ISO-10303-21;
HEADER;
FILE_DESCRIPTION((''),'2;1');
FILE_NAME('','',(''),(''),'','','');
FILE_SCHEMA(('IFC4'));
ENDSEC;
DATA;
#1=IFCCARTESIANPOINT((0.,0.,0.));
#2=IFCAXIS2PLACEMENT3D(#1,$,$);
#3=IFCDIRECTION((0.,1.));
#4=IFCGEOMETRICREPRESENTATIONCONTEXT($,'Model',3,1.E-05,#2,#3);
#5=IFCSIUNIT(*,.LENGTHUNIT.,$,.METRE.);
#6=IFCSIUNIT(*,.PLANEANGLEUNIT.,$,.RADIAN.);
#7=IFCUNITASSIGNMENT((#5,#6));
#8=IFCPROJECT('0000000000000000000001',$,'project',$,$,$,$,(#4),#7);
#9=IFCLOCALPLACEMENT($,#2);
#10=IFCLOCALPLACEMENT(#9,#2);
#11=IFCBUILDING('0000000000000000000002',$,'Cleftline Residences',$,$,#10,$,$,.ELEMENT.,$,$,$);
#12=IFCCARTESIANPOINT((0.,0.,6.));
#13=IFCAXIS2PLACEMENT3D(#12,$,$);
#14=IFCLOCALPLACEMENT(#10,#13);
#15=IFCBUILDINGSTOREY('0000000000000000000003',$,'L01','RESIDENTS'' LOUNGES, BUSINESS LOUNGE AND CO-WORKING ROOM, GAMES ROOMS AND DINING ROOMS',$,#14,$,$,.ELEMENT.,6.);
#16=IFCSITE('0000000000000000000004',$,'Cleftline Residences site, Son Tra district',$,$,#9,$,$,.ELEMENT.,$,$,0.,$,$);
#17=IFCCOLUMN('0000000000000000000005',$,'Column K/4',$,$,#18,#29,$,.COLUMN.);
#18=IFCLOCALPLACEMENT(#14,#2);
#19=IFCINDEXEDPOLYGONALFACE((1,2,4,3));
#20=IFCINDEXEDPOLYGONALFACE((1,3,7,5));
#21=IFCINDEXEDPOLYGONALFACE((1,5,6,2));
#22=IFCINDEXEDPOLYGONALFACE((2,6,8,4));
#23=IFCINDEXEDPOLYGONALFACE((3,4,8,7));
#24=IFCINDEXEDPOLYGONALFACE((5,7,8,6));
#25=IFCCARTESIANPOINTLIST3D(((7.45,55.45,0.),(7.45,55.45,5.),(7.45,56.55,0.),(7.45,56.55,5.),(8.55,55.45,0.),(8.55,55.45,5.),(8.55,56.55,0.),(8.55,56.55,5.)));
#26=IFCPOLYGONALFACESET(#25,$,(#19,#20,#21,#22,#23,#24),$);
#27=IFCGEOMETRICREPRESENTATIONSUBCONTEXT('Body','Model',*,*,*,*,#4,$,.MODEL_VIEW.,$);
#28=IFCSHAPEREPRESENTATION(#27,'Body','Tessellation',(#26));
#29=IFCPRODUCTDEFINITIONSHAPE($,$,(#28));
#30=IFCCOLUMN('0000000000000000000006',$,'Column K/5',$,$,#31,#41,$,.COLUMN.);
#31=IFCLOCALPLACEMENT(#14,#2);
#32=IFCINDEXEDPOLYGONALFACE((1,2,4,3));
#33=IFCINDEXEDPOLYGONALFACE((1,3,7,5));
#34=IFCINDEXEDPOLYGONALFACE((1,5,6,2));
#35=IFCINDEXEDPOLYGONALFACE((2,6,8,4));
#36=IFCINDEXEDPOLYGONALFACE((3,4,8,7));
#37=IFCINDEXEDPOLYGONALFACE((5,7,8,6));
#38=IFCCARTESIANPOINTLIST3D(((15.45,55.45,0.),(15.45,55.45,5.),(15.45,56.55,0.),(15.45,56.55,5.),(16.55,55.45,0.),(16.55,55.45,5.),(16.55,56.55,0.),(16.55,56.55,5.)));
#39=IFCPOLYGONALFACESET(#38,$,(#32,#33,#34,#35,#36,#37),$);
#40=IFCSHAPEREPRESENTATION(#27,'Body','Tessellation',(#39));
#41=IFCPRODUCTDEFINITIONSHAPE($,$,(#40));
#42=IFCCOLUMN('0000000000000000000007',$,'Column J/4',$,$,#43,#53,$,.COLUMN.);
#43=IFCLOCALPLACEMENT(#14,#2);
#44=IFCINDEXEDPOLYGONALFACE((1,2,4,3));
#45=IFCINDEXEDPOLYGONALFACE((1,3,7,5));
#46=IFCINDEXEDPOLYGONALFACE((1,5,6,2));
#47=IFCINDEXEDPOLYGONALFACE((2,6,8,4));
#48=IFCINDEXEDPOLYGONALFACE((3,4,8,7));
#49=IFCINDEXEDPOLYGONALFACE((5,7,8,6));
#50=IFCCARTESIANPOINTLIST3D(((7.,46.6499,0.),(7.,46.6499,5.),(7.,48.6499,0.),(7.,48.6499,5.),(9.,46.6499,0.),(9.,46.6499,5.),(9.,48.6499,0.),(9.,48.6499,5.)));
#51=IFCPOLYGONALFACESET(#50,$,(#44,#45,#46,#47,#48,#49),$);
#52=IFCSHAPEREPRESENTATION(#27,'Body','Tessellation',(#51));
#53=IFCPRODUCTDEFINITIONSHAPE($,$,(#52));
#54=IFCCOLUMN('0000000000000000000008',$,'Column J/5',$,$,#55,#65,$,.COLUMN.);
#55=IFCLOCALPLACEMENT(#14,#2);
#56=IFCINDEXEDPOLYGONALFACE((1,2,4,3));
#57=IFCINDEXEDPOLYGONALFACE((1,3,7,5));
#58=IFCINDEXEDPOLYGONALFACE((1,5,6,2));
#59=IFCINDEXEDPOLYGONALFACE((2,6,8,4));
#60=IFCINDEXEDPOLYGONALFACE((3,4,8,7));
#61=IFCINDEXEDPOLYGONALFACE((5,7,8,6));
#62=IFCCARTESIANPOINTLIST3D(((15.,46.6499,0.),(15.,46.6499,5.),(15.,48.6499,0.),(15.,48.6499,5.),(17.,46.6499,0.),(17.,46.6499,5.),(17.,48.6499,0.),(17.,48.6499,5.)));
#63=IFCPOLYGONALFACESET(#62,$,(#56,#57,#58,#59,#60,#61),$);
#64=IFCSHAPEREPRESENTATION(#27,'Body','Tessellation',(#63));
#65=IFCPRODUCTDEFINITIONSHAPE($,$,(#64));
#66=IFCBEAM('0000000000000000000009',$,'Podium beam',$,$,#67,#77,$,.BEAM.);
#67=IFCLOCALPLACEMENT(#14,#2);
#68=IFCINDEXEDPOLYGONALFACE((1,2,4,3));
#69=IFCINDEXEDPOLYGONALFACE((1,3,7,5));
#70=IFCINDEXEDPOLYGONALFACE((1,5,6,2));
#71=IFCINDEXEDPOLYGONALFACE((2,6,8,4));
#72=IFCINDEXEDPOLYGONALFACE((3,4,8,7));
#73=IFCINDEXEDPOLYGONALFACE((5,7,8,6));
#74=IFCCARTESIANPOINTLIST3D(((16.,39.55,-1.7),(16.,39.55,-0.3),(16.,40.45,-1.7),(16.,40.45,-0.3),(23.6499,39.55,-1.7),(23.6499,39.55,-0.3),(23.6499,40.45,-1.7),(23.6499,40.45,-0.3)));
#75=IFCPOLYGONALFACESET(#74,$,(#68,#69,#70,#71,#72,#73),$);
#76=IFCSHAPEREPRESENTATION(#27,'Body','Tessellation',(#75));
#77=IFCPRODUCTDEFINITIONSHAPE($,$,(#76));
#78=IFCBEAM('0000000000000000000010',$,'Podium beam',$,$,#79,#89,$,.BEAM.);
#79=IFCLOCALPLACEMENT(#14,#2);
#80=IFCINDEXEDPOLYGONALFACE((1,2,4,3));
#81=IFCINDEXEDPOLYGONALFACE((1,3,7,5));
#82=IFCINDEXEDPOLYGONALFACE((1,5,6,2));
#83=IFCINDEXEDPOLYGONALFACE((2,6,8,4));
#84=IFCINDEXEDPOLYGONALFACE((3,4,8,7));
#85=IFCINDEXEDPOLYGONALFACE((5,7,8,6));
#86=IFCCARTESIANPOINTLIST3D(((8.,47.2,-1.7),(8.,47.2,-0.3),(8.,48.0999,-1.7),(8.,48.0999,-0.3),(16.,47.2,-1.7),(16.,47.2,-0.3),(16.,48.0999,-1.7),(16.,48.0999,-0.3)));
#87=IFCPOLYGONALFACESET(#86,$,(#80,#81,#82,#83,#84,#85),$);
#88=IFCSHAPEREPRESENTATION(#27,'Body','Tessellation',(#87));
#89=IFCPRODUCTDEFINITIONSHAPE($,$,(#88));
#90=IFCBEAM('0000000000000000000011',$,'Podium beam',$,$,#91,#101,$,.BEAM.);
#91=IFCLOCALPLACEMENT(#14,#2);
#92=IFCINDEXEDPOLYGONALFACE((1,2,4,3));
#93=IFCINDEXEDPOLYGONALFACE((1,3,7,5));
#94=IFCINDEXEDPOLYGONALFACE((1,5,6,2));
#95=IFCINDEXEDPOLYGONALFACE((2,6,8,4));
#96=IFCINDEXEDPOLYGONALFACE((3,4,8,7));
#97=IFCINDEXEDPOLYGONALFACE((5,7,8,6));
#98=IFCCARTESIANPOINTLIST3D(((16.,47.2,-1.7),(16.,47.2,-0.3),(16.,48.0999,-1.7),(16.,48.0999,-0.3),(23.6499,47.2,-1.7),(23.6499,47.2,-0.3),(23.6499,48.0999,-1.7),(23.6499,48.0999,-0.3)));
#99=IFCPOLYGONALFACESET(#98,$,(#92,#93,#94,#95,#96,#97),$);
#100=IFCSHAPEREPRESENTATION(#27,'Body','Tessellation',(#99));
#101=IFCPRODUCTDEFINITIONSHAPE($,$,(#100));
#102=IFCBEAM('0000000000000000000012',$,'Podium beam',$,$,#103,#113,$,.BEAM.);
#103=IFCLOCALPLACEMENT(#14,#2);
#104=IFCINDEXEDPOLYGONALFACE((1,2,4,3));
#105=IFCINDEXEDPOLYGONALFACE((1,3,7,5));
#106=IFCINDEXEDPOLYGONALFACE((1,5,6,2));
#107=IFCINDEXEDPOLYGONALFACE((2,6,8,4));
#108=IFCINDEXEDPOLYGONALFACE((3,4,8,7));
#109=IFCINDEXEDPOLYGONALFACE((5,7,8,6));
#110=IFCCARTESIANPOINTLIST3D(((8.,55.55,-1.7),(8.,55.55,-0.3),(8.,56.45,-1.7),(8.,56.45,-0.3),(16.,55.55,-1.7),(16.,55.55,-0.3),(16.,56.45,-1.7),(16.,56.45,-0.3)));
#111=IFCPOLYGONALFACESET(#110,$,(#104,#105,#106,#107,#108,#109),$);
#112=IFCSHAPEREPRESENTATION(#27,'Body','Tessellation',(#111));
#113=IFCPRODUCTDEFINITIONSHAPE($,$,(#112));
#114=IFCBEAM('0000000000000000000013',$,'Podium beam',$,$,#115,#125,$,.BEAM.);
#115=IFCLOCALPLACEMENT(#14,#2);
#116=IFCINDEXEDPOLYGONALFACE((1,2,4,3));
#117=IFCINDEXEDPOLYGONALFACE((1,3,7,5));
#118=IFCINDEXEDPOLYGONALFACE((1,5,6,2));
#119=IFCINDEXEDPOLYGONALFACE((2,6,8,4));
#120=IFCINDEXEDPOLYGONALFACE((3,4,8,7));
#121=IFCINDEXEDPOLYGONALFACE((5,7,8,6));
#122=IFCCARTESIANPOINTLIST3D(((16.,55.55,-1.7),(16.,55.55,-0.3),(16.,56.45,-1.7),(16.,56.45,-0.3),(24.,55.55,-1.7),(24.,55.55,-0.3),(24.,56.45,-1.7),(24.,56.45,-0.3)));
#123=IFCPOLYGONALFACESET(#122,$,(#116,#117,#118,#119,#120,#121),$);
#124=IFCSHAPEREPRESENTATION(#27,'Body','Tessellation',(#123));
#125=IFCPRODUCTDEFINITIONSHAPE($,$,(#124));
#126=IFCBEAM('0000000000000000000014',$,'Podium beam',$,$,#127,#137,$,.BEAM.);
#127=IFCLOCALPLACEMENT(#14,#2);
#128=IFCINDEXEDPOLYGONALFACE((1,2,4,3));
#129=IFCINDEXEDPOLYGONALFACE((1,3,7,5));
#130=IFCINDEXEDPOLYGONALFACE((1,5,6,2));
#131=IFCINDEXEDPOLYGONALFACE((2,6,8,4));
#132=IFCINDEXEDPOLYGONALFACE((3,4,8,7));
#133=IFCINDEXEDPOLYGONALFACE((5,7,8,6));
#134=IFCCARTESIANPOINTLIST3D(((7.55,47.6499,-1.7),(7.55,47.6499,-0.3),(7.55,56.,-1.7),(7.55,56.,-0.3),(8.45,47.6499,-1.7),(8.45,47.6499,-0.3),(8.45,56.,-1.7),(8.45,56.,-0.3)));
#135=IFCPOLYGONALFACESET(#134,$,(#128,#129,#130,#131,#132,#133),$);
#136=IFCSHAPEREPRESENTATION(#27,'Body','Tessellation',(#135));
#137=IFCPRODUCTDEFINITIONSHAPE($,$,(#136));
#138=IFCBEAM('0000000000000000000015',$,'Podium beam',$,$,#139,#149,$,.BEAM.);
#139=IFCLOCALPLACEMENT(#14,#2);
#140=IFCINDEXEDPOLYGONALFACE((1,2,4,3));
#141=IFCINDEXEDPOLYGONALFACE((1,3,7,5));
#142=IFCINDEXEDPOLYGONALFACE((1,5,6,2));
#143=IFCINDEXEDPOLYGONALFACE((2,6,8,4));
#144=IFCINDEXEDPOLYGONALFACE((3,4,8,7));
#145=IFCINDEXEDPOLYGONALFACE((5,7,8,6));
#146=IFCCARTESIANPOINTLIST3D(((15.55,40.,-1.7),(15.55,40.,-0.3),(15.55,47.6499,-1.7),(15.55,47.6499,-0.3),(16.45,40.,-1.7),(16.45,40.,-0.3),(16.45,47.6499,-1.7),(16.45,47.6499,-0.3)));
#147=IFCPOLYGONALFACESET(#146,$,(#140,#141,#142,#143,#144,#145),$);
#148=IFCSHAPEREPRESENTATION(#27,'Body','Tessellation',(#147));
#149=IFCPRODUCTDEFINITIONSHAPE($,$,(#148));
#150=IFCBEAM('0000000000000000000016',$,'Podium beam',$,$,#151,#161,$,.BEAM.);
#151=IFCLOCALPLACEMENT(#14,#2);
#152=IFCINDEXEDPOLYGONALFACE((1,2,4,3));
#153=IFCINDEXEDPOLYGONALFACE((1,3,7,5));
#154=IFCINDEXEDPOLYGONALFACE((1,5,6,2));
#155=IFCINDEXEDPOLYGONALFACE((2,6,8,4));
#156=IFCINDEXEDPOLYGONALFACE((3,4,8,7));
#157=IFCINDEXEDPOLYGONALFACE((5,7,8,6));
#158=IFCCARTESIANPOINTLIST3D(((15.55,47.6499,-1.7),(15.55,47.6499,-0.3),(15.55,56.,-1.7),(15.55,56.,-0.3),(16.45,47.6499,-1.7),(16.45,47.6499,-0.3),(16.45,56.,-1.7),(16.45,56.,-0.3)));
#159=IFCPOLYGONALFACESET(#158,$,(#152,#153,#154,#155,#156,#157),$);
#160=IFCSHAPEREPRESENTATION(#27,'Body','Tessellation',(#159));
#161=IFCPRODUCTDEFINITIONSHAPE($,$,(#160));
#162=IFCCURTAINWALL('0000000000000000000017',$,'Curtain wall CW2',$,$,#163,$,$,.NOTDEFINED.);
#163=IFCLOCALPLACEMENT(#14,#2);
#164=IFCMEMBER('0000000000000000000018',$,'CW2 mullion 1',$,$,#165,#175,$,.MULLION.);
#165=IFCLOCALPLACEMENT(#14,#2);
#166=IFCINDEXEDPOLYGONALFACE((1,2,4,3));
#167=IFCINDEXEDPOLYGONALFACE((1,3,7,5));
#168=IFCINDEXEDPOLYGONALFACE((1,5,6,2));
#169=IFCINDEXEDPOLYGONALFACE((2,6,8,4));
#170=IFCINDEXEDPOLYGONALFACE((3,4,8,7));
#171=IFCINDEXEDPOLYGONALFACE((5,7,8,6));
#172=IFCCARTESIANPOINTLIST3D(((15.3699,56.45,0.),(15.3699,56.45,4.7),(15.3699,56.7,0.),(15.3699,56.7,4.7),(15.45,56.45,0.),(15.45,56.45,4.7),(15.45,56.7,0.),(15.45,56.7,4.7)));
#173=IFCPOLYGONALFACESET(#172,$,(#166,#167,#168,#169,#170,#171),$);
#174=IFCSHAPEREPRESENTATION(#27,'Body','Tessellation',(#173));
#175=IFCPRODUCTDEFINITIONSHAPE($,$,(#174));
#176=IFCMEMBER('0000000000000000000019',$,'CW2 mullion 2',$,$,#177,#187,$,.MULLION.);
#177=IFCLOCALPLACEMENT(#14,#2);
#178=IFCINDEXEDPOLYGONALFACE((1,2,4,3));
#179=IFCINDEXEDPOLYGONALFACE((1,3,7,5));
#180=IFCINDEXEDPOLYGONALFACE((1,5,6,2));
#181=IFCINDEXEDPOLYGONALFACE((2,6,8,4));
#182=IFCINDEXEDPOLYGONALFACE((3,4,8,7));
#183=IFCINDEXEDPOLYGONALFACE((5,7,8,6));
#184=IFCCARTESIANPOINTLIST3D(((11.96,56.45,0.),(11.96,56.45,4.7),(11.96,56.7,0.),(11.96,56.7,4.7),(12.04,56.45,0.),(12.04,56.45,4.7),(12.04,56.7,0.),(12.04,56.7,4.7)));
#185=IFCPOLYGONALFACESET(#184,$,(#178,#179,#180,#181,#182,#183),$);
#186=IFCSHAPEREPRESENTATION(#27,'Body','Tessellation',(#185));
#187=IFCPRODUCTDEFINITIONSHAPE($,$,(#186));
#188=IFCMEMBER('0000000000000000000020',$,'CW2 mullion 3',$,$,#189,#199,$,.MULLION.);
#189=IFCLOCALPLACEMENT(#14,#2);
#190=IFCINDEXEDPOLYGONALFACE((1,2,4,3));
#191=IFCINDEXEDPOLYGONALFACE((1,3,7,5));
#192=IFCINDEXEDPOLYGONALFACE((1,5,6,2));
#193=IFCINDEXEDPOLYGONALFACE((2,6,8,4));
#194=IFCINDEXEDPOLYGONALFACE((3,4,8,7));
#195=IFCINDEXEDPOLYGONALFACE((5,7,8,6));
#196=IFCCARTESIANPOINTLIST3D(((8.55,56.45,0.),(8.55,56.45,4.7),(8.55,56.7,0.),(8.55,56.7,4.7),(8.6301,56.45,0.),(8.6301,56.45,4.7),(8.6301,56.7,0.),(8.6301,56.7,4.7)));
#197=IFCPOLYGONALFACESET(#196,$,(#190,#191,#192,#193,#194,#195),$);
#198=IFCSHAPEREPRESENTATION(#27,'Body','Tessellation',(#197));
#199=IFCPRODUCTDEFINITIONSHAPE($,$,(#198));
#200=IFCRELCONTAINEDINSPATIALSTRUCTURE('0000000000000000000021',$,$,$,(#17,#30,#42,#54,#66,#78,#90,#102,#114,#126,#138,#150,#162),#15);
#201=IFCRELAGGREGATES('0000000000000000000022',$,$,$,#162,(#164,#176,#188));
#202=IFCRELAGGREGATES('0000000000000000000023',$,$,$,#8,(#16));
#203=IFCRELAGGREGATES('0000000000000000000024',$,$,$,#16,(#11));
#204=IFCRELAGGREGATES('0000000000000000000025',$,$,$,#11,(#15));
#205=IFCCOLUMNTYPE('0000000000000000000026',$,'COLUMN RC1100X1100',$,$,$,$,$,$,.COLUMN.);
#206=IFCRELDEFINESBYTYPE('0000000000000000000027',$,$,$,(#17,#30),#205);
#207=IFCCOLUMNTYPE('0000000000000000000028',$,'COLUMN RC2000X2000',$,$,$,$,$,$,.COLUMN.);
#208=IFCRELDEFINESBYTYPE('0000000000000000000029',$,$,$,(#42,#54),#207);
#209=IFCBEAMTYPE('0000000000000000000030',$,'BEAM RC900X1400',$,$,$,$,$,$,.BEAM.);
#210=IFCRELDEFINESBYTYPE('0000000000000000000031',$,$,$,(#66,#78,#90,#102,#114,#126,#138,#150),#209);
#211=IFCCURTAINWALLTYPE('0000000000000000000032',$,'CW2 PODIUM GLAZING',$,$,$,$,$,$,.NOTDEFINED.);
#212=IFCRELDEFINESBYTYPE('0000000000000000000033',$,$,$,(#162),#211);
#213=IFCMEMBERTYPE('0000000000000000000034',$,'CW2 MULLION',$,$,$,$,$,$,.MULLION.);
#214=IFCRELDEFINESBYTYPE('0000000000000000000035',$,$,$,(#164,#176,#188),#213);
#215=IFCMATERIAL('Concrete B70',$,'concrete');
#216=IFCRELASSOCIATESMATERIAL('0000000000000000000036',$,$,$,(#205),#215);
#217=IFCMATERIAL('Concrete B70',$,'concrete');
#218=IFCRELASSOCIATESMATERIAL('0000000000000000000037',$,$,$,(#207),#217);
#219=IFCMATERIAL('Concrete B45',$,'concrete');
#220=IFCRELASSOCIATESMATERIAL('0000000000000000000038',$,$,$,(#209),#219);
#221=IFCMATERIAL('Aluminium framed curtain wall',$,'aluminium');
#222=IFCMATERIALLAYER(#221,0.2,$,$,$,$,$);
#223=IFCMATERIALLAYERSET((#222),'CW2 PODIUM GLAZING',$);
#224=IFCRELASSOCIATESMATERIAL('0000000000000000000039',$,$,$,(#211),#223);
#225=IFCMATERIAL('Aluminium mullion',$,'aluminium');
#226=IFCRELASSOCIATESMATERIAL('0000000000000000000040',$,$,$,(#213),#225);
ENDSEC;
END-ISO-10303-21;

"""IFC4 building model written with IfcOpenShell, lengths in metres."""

from ifc_helpers import new_model, si_unit, direction, frame, origin, origin_2d, place, context, subcontext, project, spatial, rectangle, extrude, material, layer, layer_set, material_profile, profile_set, type_object, element, aggregate, save


model = new_model("IFC4")

# Units and contexts
model_context = context("Model", 3, precision=1e-05, world=origin(), true_north=direction((0.0, 1.0)))
body_context = subcontext(model_context, "Body", "Model", "MODEL_VIEW")
ifc_project = project(units=[si_unit("LENGTHUNIT", "METRE"), si_unit("PLANEANGLEUNIT", "RADIAN")], contexts=[model_context])

# Site, building, storey
site_placement = place(None, origin())
site = spatial("IfcSite", under=ifc_project, at=site_placement, Name="Cleftline Residences site, Son Tra district", CompositionType="ELEMENT", RefElevation=0.0)
building_placement = place(site_placement, origin())
building = spatial("IfcBuilding", under=site, at=building_placement, Name="Cleftline Residences", CompositionType="ELEMENT")
storey_placement = place(building_placement, frame((0.0, 0.0, 6.0)))
storey = spatial("IfcBuildingStorey", under=building, at=storey_placement, Name="L01", Description="RESIDENTS' LOUNGES, BUSINESS LOUNGE AND CO-WORKING ROOM, GAMES ROOMS AND DINING ROOMS", CompositionType="ELEMENT", Elevation=6.0)

# Columns
ifc_material_1 = material(Name="Concrete B70", Category="concrete")
ifc_material_profile_1 = material_profile(ifc_material_1, rectangle(XDim=1.1001, YDim=1.1001, at=origin_2d()))
ifc_profile_set_1 = profile_set([ifc_material_profile_1], Name="Concrete B70")
column_type_1 = type_object("IfcColumnType", Name="COLUMN RC1100X1100", PredefinedType="COLUMN", material=ifc_profile_set_1)
for number, where, z_axis, x_axis, name in (
    (1, (8.0, 56.0, 0.0), (0.0, 0.0, 1.0), (1.0, 0.0, 0.0), "Column K/4"),
    (2, (16.0, 56.0, 0.0), (0.0, 0.0, 1.0), (1.0, 0.0, 0.0), "Column K/5"),
):
    element("IfcColumn", number, at=place(storey_placement, frame(where, z_axis=z_axis, x_axis=x_axis)), inside=storey, type_object=column_type_1, Name=name, PredefinedType="COLUMN", context=body_context, shape_type="SweptSolid", body=[
        extrude(rectangle(XDim=1.1001, YDim=1.1001, at=origin_2d()), origin(), (0.0, 0.0, 1.0), 5.0),
    ])
ifc_material_2 = material(Name="Concrete B70", Category="concrete")
ifc_material_profile_2 = material_profile(ifc_material_2, rectangle(XDim=2.0, YDim=2.0, at=origin_2d()))
ifc_profile_set_2 = profile_set([ifc_material_profile_2], Name="Concrete B70")
column_type_2 = type_object("IfcColumnType", Name="COLUMN RC2000X2000", PredefinedType="COLUMN", material=ifc_profile_set_2)
for number, where, z_axis, x_axis, name in (
    (3, (8.0, 47.6499, 0.0), (0.0, 0.0, 1.0), (1.0, 0.0, 0.0), "Column J/4"),
    (4, (16.0, 47.6499, 0.0), (0.0, 0.0, 1.0), (1.0, 0.0, 0.0), "Column J/5"),
):
    element("IfcColumn", number, at=place(storey_placement, frame(where, z_axis=z_axis, x_axis=x_axis)), inside=storey, type_object=column_type_2, Name=name, PredefinedType="COLUMN", context=body_context, shape_type="SweptSolid", body=[
        extrude(rectangle(XDim=2.0, YDim=2.0, at=origin_2d()), origin(), (0.0, 0.0, 1.0), 5.0),
    ])

# Beams
ifc_material_3 = material(Name="Concrete B45", Category="concrete")
ifc_material_profile_3 = material_profile(ifc_material_3, rectangle(XDim=0.8999, YDim=1.3999, at=origin_2d()))
ifc_profile_set_3 = profile_set([ifc_material_profile_3], Name="Concrete B45")
beam_type = type_object("IfcBeamType", Name="BEAM RC900X1400", PredefinedType="BEAM", material=ifc_profile_set_3)
beam_1_placement = place(storey_placement, frame((16.0, 40.0, -1.0), z_axis=(1.0, 0.0, 0.0), x_axis=(0.0, 1.0, 0.0)))
element("IfcBeam", 5, at=beam_1_placement, inside=storey, type_object=beam_type, Name="Podium beam", PredefinedType="BEAM", context=body_context, shape_type="SweptSolid", body=[
    extrude(rectangle(XDim=0.8999, YDim=1.3999, at=origin_2d()), origin(), (0.0, 0.0, 1.0), 7.6499),
])
beam_2_placement = place(storey_placement, frame((8.0, 47.6499, -1.0), z_axis=(1.0, 0.0, 0.0), x_axis=(0.0, 1.0, 0.0)))
element("IfcBeam", 6, at=beam_2_placement, inside=storey, type_object=beam_type, Name="Podium beam", PredefinedType="BEAM", context=body_context, shape_type="SweptSolid", body=[
    extrude(rectangle(XDim=0.8999, YDim=1.3999, at=origin_2d()), origin(), (0.0, 0.0, 1.0), 8.0),
])
beam_3_placement = place(storey_placement, frame((16.0, 47.6499, -1.0), z_axis=(1.0, 0.0, 0.0), x_axis=(0.0, 1.0, 0.0)))
element("IfcBeam", 7, at=beam_3_placement, inside=storey, type_object=beam_type, Name="Podium beam", PredefinedType="BEAM", context=body_context, shape_type="SweptSolid", body=[
    extrude(rectangle(XDim=0.8999, YDim=1.3999, at=origin_2d()), origin(), (0.0, 0.0, 1.0), 7.6499),
])
for number, where, z_axis, x_axis, name in (
    (8, (8.0, 56.0, -1.0), (1.0, 0.0, 0.0), (0.0, 1.0, 0.0), "Podium beam"),
    (9, (16.0, 56.0, -1.0), (1.0, 0.0, 0.0), (0.0, 1.0, 0.0), "Podium beam"),
):
    element("IfcBeam", number, at=place(storey_placement, frame(where, z_axis=z_axis, x_axis=x_axis)), inside=storey, type_object=beam_type, Name=name, PredefinedType="BEAM", context=body_context, shape_type="SweptSolid", body=[
        extrude(rectangle(XDim=0.8999, YDim=1.3999, at=origin_2d()), origin(), (0.0, 0.0, 1.0), 8.0),
    ])
beam_4_placement = place(storey_placement, frame((8.0, 47.6499, -1.0), z_axis=(0.0, 1.0, 0.0), x_axis=(-1.0, 0.0, 0.0)))
element("IfcBeam", 10, at=beam_4_placement, inside=storey, type_object=beam_type, Name="Podium beam", PredefinedType="BEAM", context=body_context, shape_type="SweptSolid", body=[
    extrude(rectangle(XDim=0.8999, YDim=1.3999, at=origin_2d()), origin(), (0.0, 0.0, 1.0), 8.3501),
])
beam_5_placement = place(storey_placement, frame((16.0, 40.0, -1.0), z_axis=(0.0, 1.0, 0.0), x_axis=(-1.0, 0.0, 0.0)))
element("IfcBeam", 11, at=beam_5_placement, inside=storey, type_object=beam_type, Name="Podium beam", PredefinedType="BEAM", context=body_context, shape_type="SweptSolid", body=[
    extrude(rectangle(XDim=0.8999, YDim=1.3999, at=origin_2d()), origin(), (0.0, 0.0, 1.0), 7.6499),
])
beam_6_placement = place(storey_placement, frame((16.0, 47.6499, -1.0), z_axis=(0.0, 1.0, 0.0), x_axis=(-1.0, 0.0, 0.0)))
element("IfcBeam", 12, at=beam_6_placement, inside=storey, type_object=beam_type, Name="Podium beam", PredefinedType="BEAM", context=body_context, shape_type="SweptSolid", body=[
    extrude(rectangle(XDim=0.8999, YDim=1.3999, at=origin_2d()), origin(), (0.0, 0.0, 1.0), 8.3501),
])

# Curtain wall, members
ifc_material_4 = material(Name="Aluminium framed curtain wall", Category="aluminium")
ifc_layer_1 = layer(ifc_material_4, 0.2)
ifc_layer_set_1 = layer_set([ifc_layer_1], Name="CW2 PODIUM GLAZING")
curtain_wall_type = type_object("IfcCurtainWallType", Name="CW2 PODIUM GLAZING", PredefinedType="NOTDEFINED", material=ifc_layer_set_1)
curtain_wall_1_placement = place(storey_placement, origin())
curtain_wall_1 = element("IfcCurtainWall", 13, at=curtain_wall_1_placement, inside=storey, type_object=curtain_wall_type, Name="Curtain wall CW2", PredefinedType="NOTDEFINED")
ifc_material_5 = material(Name="Aluminium mullion", Category="aluminium")
ifc_material_profile_4 = material_profile(ifc_material_5, rectangle(XDim=0.25, YDim=0.0801, at=origin_2d()))
ifc_profile_set_4 = profile_set([ifc_material_profile_4], Name="Aluminium mullion")
member_type_1 = type_object("IfcMemberType", Name="CW2 MULLION", PredefinedType="MULLION", material=ifc_profile_set_4)
member_1_placement = place(storey_placement, frame((15.4099, 56.575, 0.0), z_axis=(0.0, 0.0, 1.0), x_axis=(0.0, -1.0, 0.0)))
member_1 = element("IfcMember", 14, at=member_1_placement, type_object=member_type_1, Name="CW2 mullion 1", PredefinedType="MULLION", context=body_context, shape_type="SweptSolid", body=[
    extrude(rectangle(XDim=0.25, YDim=0.0801, at=origin_2d()), origin(), (0.0, 0.0, 1.0), 4.7),
])
member_2_placement = place(storey_placement, frame((12.0, 56.575, 0.0), z_axis=(0.0, 0.0, 1.0), x_axis=(0.0, -1.0, 0.0)))
member_2 = element("IfcMember", 15, at=member_2_placement, type_object=member_type_1, Name="CW2 mullion 2", PredefinedType="MULLION", context=body_context, shape_type="SweptSolid", body=[
    extrude(rectangle(XDim=0.25, YDim=0.0801, at=origin_2d()), origin(), (0.0, 0.0, 1.0), 4.7),
])
member_3_placement = place(storey_placement, frame((8.5901, 56.575, 0.0), z_axis=(0.0, 0.0, 1.0), x_axis=(0.0, -1.0, 0.0)))
member_3 = element("IfcMember", 16, at=member_3_placement, type_object=member_type_1, Name="CW2 mullion 3", PredefinedType="MULLION", context=body_context, shape_type="SweptSolid", body=[
    extrude(rectangle(XDim=0.25, YDim=0.0801, at=origin_2d()), origin(), (0.0, 0.0, 1.0), 4.7),
])

aggregate(curtain_wall_1, [member_1, member_2, member_3])

save(model, "model.ifc")
